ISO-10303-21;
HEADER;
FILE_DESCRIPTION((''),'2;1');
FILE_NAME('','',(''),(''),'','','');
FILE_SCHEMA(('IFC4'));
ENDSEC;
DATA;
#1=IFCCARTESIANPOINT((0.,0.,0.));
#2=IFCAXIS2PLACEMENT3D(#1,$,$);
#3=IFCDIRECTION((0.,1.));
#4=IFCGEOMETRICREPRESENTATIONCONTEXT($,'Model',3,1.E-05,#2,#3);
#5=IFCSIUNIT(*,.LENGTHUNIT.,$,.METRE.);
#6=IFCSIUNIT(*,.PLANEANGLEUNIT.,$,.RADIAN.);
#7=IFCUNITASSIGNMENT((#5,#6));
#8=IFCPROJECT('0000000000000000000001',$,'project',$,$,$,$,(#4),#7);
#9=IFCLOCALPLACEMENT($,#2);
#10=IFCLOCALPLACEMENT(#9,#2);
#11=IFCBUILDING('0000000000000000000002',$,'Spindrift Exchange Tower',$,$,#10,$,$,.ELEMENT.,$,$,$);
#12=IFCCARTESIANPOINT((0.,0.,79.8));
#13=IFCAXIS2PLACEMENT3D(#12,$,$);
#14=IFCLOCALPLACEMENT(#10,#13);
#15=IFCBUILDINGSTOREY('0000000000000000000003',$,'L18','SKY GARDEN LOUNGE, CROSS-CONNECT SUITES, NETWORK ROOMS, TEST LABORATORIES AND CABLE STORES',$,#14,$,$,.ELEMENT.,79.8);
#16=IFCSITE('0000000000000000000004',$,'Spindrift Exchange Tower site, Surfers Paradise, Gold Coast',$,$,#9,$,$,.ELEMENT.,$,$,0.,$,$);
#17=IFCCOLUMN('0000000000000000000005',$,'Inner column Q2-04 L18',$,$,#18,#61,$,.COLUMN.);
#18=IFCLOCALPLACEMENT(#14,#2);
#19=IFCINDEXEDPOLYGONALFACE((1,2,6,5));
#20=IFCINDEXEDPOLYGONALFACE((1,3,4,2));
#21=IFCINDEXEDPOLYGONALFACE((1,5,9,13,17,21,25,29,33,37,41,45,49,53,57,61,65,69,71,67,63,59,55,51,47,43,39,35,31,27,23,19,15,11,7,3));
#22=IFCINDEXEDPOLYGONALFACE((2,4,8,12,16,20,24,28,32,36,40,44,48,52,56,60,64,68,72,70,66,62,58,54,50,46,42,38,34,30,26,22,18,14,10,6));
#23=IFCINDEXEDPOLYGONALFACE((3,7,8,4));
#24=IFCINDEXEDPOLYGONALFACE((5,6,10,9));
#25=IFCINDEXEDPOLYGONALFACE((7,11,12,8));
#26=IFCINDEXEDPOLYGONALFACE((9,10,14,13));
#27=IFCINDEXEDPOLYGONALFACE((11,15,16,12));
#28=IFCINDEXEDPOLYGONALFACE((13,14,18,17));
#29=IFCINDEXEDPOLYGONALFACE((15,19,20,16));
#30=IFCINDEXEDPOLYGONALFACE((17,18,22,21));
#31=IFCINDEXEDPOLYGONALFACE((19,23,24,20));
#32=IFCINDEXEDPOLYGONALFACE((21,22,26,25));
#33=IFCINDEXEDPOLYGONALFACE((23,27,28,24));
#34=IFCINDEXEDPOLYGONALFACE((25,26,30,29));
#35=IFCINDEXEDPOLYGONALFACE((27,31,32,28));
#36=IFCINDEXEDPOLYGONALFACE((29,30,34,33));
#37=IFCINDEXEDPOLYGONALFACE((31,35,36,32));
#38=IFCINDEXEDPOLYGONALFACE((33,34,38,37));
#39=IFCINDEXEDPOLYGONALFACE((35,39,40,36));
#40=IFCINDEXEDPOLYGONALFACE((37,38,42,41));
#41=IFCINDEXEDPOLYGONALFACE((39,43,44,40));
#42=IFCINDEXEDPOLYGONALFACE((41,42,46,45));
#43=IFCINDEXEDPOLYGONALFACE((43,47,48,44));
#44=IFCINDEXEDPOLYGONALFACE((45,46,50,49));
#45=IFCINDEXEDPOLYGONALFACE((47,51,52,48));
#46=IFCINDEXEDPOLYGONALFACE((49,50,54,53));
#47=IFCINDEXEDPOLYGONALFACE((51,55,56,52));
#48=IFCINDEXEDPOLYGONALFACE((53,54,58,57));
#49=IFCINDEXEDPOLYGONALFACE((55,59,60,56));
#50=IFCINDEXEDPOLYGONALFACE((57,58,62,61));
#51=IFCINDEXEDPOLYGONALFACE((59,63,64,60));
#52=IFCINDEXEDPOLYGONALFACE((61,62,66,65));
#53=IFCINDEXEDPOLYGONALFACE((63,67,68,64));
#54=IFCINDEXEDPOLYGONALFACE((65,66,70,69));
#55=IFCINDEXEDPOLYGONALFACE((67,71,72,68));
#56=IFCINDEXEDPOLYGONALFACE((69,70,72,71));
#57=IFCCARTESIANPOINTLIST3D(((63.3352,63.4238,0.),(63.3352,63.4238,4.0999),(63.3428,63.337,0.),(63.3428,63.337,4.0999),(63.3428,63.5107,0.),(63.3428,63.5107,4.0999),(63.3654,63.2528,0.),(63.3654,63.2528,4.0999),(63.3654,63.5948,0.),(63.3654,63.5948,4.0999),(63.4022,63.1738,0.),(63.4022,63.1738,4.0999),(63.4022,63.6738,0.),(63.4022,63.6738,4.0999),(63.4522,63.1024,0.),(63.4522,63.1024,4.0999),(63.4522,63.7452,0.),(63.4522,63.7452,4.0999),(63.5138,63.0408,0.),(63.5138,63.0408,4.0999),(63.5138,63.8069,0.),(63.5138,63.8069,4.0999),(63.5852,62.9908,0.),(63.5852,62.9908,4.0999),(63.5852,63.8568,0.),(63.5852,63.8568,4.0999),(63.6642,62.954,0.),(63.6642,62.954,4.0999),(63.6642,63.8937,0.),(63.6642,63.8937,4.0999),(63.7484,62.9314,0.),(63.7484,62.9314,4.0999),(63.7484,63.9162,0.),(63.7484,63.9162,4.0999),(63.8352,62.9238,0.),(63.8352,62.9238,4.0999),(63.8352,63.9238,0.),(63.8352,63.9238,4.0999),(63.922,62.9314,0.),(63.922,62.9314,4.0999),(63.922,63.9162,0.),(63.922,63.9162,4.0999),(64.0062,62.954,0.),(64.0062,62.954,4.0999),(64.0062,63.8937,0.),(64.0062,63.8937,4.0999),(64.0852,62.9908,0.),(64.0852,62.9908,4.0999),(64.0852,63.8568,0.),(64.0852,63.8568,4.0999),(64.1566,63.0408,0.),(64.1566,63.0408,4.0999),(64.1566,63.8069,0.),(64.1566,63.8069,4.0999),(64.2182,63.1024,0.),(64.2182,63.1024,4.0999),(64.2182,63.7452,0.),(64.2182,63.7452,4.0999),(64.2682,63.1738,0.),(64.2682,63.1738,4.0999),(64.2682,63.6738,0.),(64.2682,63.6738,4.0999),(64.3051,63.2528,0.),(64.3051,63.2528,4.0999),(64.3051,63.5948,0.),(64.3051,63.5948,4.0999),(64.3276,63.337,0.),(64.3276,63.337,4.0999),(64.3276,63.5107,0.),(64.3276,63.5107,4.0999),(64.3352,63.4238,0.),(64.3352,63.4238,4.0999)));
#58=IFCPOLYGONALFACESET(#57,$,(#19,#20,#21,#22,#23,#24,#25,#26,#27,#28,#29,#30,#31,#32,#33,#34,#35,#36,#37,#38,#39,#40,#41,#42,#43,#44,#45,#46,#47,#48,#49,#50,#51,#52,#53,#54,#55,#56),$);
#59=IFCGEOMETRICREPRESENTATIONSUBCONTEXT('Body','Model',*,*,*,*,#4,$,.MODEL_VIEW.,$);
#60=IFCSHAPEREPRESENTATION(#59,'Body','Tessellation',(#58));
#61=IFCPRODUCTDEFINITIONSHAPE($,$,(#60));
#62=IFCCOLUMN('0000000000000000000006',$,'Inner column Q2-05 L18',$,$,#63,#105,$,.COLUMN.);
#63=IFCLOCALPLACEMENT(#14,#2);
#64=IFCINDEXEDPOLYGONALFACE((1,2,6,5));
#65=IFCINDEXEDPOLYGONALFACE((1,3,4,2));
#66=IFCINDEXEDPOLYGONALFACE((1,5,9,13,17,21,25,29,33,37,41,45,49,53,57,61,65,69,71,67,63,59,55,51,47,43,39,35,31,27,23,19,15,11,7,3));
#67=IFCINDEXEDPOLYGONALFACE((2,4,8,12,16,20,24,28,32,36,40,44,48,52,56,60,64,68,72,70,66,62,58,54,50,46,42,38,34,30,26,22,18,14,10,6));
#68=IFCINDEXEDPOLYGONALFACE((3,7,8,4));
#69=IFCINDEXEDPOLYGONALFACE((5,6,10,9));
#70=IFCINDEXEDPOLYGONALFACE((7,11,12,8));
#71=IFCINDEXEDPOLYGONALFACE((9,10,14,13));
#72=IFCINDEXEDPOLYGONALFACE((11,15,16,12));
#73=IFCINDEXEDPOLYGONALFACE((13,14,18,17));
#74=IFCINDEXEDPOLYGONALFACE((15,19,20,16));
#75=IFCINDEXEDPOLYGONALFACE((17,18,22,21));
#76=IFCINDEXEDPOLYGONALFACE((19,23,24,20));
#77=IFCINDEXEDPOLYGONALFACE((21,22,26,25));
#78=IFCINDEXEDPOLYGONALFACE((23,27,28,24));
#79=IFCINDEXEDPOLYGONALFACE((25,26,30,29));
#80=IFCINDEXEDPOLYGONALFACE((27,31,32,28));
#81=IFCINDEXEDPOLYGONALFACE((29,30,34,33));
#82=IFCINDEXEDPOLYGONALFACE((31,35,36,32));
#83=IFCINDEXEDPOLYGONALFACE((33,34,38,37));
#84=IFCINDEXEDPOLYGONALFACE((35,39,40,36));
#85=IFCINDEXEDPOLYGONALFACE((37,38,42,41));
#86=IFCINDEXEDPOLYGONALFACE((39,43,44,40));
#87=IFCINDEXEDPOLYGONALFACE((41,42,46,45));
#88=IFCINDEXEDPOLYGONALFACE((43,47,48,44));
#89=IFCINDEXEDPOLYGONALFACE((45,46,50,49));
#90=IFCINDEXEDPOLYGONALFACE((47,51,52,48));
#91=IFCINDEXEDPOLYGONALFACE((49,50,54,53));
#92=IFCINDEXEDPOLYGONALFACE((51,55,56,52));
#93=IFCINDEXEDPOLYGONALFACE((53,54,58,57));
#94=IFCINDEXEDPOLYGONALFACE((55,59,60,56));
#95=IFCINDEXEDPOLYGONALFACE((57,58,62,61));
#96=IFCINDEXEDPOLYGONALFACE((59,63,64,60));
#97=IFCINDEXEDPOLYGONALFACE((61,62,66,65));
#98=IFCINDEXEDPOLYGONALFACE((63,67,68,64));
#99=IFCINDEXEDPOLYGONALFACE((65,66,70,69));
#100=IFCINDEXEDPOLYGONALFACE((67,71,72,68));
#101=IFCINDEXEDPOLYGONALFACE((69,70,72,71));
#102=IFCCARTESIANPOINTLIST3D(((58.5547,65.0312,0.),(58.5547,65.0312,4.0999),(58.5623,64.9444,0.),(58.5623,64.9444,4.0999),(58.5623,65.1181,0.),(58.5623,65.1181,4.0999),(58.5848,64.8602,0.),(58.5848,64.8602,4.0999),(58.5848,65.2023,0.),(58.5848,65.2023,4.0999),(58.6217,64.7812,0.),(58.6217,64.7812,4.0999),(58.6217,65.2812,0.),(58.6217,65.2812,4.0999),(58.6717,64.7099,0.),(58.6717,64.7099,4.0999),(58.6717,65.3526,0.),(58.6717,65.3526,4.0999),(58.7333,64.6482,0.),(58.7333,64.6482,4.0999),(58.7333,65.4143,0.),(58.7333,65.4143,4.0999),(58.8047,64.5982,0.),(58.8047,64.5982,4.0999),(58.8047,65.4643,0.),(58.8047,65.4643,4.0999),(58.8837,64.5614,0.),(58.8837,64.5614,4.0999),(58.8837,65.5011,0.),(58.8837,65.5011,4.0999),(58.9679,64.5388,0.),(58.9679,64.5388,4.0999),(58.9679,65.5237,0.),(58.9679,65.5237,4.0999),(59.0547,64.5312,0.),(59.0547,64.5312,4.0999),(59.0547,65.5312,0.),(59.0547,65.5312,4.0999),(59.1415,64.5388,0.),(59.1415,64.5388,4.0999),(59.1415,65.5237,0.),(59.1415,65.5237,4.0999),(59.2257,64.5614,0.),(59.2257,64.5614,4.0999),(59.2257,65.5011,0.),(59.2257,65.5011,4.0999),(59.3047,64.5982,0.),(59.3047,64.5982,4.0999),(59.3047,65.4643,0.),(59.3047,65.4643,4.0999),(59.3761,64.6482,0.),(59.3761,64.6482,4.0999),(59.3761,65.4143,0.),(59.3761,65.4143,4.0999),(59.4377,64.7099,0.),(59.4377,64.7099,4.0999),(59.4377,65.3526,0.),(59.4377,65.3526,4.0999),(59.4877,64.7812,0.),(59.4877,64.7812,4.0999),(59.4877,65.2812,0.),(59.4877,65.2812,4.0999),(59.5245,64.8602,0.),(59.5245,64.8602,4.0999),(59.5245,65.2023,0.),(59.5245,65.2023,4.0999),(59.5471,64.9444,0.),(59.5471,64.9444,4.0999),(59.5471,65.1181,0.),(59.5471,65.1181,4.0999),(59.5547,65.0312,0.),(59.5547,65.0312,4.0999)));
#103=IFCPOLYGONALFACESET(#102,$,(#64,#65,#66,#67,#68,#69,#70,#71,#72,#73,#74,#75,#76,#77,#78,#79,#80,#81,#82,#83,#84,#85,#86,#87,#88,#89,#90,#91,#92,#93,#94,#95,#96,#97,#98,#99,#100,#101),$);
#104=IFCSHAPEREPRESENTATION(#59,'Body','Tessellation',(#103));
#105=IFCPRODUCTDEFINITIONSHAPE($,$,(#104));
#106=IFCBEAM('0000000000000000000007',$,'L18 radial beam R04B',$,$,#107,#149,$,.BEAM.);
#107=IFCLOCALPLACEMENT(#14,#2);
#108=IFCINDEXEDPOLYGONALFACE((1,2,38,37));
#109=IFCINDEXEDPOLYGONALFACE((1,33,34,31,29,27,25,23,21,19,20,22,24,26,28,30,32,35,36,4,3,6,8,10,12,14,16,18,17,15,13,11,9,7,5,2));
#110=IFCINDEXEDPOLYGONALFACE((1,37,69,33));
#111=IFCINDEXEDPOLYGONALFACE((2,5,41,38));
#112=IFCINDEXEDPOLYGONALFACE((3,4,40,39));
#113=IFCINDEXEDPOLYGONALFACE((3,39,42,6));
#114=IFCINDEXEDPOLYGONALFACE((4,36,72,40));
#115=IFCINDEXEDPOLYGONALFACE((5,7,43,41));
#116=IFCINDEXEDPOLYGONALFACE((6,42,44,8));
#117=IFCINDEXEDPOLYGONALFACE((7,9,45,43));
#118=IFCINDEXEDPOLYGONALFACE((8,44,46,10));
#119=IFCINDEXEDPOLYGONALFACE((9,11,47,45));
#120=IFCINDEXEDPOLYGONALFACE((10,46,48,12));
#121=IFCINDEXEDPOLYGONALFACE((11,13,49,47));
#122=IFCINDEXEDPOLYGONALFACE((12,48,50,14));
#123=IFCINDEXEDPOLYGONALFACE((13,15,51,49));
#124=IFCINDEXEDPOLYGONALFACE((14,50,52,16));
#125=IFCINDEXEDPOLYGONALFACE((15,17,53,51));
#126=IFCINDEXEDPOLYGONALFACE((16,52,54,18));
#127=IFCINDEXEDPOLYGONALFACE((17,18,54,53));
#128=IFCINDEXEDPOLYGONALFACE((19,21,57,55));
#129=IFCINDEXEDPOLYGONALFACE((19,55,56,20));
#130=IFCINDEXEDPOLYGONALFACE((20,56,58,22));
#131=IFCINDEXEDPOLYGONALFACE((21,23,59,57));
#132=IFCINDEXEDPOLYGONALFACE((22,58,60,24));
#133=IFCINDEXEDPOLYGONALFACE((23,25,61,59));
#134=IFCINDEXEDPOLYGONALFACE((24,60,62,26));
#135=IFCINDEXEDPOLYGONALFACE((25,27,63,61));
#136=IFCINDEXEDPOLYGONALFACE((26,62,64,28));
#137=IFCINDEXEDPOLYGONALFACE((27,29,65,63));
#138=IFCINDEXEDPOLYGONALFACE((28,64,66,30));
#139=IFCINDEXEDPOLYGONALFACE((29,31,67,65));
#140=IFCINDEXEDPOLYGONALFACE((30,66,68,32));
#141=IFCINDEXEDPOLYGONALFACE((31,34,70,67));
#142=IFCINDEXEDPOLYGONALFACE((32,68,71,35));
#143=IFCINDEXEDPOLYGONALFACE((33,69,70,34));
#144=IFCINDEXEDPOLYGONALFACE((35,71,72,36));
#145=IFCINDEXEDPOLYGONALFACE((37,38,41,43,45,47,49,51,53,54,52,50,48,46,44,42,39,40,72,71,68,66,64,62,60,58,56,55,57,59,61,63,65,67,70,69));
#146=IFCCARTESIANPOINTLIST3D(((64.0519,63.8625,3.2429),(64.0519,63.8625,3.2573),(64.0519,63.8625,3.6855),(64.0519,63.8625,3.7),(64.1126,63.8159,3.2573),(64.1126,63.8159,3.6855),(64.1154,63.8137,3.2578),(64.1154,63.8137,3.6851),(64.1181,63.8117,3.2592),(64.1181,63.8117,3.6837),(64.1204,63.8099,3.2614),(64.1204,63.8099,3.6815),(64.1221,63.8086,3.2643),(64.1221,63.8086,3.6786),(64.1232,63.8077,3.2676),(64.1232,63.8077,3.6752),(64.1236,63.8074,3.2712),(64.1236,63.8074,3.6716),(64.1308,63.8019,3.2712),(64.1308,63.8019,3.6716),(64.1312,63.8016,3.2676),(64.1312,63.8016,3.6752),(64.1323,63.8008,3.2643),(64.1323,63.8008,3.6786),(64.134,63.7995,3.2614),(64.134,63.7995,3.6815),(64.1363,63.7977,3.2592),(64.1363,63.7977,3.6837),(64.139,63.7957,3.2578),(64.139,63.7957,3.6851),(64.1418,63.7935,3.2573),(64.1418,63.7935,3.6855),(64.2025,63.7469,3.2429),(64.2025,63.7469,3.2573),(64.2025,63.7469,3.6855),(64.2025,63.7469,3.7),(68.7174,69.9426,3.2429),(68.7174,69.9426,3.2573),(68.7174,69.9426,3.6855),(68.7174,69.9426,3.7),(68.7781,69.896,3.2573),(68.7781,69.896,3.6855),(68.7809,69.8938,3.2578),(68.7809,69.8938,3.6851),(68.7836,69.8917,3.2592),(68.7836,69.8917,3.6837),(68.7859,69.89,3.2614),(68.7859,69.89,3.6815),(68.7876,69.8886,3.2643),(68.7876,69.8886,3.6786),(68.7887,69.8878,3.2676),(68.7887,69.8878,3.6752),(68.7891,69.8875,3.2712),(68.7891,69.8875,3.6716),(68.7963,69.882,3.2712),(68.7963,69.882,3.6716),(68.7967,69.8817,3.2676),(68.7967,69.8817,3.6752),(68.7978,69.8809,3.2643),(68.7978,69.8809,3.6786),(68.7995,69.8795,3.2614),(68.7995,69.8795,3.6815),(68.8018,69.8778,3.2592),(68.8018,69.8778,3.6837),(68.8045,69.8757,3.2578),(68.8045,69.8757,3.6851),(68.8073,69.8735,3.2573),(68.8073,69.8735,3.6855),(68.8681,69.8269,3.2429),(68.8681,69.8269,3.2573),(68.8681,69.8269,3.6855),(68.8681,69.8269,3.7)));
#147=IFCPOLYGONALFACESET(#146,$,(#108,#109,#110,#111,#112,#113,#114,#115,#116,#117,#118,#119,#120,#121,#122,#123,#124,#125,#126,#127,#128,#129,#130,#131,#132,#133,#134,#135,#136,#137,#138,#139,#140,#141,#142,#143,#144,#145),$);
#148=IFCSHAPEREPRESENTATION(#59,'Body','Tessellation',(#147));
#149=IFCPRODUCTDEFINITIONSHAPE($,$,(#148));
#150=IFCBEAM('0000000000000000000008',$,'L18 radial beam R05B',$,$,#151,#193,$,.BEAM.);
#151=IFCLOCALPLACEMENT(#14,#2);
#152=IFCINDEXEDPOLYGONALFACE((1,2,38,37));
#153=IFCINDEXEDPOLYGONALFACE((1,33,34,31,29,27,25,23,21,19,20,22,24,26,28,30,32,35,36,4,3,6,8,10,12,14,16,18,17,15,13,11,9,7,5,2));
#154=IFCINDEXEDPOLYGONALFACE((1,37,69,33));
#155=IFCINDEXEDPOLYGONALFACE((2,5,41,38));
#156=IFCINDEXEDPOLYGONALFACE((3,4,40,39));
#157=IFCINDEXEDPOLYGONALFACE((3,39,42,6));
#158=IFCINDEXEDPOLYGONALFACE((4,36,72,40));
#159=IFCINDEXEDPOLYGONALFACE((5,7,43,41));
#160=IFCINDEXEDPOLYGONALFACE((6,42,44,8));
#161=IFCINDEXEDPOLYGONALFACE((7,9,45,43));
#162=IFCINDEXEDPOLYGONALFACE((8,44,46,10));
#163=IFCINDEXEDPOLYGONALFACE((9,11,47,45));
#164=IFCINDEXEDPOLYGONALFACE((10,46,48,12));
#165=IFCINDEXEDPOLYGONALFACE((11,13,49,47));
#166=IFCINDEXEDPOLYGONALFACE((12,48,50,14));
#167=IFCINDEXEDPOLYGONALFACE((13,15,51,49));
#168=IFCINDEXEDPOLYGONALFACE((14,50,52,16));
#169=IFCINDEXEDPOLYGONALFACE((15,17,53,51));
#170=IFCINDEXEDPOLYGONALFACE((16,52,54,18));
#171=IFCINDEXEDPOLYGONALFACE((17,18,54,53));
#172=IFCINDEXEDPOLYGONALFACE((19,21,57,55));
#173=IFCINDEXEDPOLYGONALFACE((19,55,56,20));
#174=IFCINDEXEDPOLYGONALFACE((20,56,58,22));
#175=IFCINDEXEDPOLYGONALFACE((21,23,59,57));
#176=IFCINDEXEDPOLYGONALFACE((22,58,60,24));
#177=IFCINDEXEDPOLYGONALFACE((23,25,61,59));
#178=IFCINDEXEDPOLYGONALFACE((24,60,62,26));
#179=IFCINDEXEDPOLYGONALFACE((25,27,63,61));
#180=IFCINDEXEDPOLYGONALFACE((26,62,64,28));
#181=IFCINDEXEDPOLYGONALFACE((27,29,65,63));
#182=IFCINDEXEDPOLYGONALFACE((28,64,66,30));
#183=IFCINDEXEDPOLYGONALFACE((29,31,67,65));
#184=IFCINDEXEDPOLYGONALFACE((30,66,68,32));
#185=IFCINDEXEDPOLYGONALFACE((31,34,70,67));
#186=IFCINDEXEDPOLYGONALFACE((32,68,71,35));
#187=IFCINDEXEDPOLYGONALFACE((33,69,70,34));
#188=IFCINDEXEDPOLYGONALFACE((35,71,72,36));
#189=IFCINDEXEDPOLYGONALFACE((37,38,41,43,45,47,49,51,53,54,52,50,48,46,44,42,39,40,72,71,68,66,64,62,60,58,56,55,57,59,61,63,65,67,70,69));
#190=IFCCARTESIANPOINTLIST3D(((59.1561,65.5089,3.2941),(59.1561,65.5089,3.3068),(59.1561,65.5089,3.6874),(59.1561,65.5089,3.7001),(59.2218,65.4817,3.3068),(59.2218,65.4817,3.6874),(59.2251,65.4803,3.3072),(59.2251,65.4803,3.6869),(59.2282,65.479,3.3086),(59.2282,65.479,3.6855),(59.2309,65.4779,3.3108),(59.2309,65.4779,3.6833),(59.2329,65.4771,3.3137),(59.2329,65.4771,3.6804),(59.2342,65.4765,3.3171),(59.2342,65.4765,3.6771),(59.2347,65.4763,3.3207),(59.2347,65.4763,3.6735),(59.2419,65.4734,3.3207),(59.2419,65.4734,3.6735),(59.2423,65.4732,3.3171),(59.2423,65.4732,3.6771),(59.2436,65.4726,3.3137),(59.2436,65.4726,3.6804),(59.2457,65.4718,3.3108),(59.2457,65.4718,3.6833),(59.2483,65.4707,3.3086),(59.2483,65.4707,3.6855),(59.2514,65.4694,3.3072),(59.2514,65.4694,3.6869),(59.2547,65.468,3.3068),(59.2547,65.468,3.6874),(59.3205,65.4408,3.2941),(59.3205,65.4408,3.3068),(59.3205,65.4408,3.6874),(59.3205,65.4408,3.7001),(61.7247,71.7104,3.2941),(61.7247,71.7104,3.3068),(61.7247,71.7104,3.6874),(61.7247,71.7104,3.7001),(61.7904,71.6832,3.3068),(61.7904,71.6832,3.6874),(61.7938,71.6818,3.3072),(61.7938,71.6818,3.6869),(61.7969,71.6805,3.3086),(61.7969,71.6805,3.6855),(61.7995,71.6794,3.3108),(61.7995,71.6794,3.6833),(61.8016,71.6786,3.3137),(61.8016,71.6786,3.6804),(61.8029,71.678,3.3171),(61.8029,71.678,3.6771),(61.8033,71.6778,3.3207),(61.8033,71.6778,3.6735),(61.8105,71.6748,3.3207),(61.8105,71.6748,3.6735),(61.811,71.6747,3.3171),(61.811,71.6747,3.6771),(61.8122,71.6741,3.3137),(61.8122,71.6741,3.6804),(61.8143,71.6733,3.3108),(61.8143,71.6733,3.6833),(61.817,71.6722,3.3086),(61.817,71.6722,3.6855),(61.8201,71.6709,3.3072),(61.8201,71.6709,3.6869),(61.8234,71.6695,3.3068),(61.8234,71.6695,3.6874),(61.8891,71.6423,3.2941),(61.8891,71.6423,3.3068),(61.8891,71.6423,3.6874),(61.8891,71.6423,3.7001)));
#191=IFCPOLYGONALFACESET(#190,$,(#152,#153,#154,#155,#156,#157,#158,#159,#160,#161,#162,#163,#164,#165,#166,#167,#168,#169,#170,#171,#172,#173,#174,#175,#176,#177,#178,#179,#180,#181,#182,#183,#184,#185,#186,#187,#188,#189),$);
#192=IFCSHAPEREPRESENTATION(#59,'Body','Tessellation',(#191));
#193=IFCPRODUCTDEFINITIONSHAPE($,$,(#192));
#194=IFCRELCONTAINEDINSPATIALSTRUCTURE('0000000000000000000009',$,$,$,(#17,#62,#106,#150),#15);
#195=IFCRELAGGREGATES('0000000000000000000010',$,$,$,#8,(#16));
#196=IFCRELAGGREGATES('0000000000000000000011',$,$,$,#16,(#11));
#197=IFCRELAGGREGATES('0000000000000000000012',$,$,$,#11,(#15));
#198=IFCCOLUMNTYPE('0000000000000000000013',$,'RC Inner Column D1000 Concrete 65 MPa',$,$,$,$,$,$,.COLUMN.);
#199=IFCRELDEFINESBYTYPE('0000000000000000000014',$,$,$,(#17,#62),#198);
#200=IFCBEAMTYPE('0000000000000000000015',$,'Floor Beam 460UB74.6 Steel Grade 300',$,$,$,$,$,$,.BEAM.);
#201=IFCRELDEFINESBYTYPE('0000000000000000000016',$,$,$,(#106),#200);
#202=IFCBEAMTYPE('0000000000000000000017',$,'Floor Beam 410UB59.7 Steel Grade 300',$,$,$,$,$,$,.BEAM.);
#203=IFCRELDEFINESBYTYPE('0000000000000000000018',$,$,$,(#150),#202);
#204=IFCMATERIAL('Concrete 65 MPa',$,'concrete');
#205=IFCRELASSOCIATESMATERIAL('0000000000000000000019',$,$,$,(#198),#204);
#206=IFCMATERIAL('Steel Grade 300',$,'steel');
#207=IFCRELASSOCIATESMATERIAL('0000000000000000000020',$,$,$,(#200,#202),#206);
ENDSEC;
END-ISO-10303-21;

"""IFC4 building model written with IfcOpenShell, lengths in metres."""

from ifc_helpers import new_model, si_unit, direction, frame, origin, origin_2d, place, context, subcontext, project, spatial, circle, i_section, extrude, source, transform, mapped, material, material_profile, profile_set, type_object, element, save


model = new_model("IFC4")

# Units and contexts
model_context = context("Model", 3, precision=1e-05, world=origin(), true_north=direction((0.0, 1.0)))
body_context = subcontext(model_context, "Body", "Model", "MODEL_VIEW")
ifc_project = project(units=[si_unit("LENGTHUNIT", "METRE"), si_unit("PLANEANGLEUNIT", "RADIAN")], contexts=[model_context])

# Site, building, storey
site_placement = place(None, origin())
site = spatial("IfcSite", under=ifc_project, at=site_placement, Name="Spindrift Exchange Tower site, Surfers Paradise, Gold Coast", CompositionType="ELEMENT", RefElevation=0.0)
building_placement = place(site_placement, origin())
building = spatial("IfcBuilding", under=site, at=building_placement, Name="Spindrift Exchange Tower", CompositionType="ELEMENT")
storey_placement = place(building_placement, frame((0.0, 0.0, 79.8)))
storey = spatial("IfcBuildingStorey", under=building, at=storey_placement, Name="L18", Description="SKY GARDEN LOUNGE, CROSS-CONNECT SUITES, NETWORK ROOMS, TEST LABORATORIES AND CABLE STORES", CompositionType="ELEMENT", Elevation=79.8)

# Columns
ifc_material_1 = material(Name="Concrete 65 MPa", Category="concrete")
ifc_material_profile_1 = material_profile(ifc_material_1, circle(Radius=0.5, at=origin_2d()), Name="RC D1000")
ifc_profile_set_1 = profile_set([ifc_material_profile_1], Name="Concrete 65 MPa")
column_type = type_object("IfcColumnType", Name="RC Inner Column D1000 Concrete 65 MPa", PredefinedType="COLUMN", material=ifc_profile_set_1)
shared_shape_1 = source(origin(), body_context, "Body", "SweptSolid", [
    extrude(circle(Radius=0.5, at=origin_2d()), origin(), (0.0, 0.0, 1.0), 4.0999),
])
for number, where, z_axis, x_axis, name in (
    (1, (63.8352, 63.4238, 0.0), (0.0, 0.0, 1.0), (1.0, 0.0, 0.0), "Inner column Q2-04 L18"),
    (2, (59.0547, 65.0312, 0.0), (0.0, 0.0, 1.0), (1.0, 0.0, 0.0), "Inner column Q2-05 L18"),
):
    element("IfcColumn", number, at=place(storey_placement, frame(where, z_axis=z_axis, x_axis=x_axis)), inside=storey, type_object=column_type, Name=name, PredefinedType="COLUMN", context=body_context, shape_type="MappedRepresentation", body=[
        mapped(shared_shape_1, transform((0.0, 0.0, 0.0), scale=1.0)),
    ])

# Beams
ifc_material_2 = material(Name="Steel Grade 300", Category="steel")
ifc_material_profile_2 = material_profile(ifc_material_2, i_section(OverallWidth=0.1899, OverallDepth=0.457, WebThickness=0.009, FlangeThickness=0.0144, FilletRadius=0.0139, at=origin_2d()), Name="460UB74.6")
ifc_profile_set_2 = profile_set([ifc_material_profile_2], Name="Steel Grade 300")
beam_type_1 = type_object("IfcBeamType", Name="Floor Beam 460UB74.6 Steel Grade 300", PredefinedType="BEAM", material=ifc_profile_set_2)
shared_shape_2 = source(origin(), body_context, "Body", "SweptSolid", [
    extrude(i_section(OverallWidth=0.1899, OverallDepth=0.457, WebThickness=0.009, FlangeThickness=0.0144, FilletRadius=0.0139, at=origin_2d()), origin(), (0.0, 0.0, 1.0), 7.6638),
])
beam_1_placement = place(storey_placement, frame((64.1272, 63.8047, 3.4714), z_axis=(0.608771, 0.793346, 0.0), x_axis=(-0.793346, 0.608771, 0.0)))
element("IfcBeam", 3, at=beam_1_placement, inside=storey, type_object=beam_type_1, Name="L18 radial beam R04B", PredefinedType="BEAM", context=body_context, shape_type="MappedRepresentation", body=[
    mapped(shared_shape_2, transform((0.0, 0.0, 0.0), scale=1.0)),
])
ifc_material_profile_3 = material_profile(ifc_material_2, i_section(OverallWidth=0.178, OverallDepth=0.406, WebThickness=0.0078, FlangeThickness=0.0127, FilletRadius=0.0139, at=origin_2d()), Name="410UB59.7")
ifc_profile_set_3 = profile_set([ifc_material_profile_3], Name="Steel Grade 300")
beam_type_2 = type_object("IfcBeamType", Name="Floor Beam 410UB59.7 Steel Grade 300", PredefinedType="BEAM", material=ifc_profile_set_3)
shared_shape_3 = source(origin(), body_context, "Body", "SweptSolid", [
    extrude(i_section(OverallWidth=0.178, OverallDepth=0.406, WebThickness=0.0078, FlangeThickness=0.0127, FilletRadius=0.0139, at=origin_2d()), origin(), (0.0, 0.0, 1.0), 6.7124),
])
beam_2_placement = place(storey_placement, frame((59.2383, 65.4749, 3.4971), z_axis=(0.38267, 0.923885, 0.0), x_axis=(-0.923885, 0.38267, 0.0)))
element("IfcBeam", 4, at=beam_2_placement, inside=storey, type_object=beam_type_2, Name="L18 radial beam R05B", PredefinedType="BEAM", context=body_context, shape_type="MappedRepresentation", body=[
    mapped(shared_shape_3, transform((0.0, 0.0, 0.0), scale=1.0)),
])

save(model, "model.ifc")
